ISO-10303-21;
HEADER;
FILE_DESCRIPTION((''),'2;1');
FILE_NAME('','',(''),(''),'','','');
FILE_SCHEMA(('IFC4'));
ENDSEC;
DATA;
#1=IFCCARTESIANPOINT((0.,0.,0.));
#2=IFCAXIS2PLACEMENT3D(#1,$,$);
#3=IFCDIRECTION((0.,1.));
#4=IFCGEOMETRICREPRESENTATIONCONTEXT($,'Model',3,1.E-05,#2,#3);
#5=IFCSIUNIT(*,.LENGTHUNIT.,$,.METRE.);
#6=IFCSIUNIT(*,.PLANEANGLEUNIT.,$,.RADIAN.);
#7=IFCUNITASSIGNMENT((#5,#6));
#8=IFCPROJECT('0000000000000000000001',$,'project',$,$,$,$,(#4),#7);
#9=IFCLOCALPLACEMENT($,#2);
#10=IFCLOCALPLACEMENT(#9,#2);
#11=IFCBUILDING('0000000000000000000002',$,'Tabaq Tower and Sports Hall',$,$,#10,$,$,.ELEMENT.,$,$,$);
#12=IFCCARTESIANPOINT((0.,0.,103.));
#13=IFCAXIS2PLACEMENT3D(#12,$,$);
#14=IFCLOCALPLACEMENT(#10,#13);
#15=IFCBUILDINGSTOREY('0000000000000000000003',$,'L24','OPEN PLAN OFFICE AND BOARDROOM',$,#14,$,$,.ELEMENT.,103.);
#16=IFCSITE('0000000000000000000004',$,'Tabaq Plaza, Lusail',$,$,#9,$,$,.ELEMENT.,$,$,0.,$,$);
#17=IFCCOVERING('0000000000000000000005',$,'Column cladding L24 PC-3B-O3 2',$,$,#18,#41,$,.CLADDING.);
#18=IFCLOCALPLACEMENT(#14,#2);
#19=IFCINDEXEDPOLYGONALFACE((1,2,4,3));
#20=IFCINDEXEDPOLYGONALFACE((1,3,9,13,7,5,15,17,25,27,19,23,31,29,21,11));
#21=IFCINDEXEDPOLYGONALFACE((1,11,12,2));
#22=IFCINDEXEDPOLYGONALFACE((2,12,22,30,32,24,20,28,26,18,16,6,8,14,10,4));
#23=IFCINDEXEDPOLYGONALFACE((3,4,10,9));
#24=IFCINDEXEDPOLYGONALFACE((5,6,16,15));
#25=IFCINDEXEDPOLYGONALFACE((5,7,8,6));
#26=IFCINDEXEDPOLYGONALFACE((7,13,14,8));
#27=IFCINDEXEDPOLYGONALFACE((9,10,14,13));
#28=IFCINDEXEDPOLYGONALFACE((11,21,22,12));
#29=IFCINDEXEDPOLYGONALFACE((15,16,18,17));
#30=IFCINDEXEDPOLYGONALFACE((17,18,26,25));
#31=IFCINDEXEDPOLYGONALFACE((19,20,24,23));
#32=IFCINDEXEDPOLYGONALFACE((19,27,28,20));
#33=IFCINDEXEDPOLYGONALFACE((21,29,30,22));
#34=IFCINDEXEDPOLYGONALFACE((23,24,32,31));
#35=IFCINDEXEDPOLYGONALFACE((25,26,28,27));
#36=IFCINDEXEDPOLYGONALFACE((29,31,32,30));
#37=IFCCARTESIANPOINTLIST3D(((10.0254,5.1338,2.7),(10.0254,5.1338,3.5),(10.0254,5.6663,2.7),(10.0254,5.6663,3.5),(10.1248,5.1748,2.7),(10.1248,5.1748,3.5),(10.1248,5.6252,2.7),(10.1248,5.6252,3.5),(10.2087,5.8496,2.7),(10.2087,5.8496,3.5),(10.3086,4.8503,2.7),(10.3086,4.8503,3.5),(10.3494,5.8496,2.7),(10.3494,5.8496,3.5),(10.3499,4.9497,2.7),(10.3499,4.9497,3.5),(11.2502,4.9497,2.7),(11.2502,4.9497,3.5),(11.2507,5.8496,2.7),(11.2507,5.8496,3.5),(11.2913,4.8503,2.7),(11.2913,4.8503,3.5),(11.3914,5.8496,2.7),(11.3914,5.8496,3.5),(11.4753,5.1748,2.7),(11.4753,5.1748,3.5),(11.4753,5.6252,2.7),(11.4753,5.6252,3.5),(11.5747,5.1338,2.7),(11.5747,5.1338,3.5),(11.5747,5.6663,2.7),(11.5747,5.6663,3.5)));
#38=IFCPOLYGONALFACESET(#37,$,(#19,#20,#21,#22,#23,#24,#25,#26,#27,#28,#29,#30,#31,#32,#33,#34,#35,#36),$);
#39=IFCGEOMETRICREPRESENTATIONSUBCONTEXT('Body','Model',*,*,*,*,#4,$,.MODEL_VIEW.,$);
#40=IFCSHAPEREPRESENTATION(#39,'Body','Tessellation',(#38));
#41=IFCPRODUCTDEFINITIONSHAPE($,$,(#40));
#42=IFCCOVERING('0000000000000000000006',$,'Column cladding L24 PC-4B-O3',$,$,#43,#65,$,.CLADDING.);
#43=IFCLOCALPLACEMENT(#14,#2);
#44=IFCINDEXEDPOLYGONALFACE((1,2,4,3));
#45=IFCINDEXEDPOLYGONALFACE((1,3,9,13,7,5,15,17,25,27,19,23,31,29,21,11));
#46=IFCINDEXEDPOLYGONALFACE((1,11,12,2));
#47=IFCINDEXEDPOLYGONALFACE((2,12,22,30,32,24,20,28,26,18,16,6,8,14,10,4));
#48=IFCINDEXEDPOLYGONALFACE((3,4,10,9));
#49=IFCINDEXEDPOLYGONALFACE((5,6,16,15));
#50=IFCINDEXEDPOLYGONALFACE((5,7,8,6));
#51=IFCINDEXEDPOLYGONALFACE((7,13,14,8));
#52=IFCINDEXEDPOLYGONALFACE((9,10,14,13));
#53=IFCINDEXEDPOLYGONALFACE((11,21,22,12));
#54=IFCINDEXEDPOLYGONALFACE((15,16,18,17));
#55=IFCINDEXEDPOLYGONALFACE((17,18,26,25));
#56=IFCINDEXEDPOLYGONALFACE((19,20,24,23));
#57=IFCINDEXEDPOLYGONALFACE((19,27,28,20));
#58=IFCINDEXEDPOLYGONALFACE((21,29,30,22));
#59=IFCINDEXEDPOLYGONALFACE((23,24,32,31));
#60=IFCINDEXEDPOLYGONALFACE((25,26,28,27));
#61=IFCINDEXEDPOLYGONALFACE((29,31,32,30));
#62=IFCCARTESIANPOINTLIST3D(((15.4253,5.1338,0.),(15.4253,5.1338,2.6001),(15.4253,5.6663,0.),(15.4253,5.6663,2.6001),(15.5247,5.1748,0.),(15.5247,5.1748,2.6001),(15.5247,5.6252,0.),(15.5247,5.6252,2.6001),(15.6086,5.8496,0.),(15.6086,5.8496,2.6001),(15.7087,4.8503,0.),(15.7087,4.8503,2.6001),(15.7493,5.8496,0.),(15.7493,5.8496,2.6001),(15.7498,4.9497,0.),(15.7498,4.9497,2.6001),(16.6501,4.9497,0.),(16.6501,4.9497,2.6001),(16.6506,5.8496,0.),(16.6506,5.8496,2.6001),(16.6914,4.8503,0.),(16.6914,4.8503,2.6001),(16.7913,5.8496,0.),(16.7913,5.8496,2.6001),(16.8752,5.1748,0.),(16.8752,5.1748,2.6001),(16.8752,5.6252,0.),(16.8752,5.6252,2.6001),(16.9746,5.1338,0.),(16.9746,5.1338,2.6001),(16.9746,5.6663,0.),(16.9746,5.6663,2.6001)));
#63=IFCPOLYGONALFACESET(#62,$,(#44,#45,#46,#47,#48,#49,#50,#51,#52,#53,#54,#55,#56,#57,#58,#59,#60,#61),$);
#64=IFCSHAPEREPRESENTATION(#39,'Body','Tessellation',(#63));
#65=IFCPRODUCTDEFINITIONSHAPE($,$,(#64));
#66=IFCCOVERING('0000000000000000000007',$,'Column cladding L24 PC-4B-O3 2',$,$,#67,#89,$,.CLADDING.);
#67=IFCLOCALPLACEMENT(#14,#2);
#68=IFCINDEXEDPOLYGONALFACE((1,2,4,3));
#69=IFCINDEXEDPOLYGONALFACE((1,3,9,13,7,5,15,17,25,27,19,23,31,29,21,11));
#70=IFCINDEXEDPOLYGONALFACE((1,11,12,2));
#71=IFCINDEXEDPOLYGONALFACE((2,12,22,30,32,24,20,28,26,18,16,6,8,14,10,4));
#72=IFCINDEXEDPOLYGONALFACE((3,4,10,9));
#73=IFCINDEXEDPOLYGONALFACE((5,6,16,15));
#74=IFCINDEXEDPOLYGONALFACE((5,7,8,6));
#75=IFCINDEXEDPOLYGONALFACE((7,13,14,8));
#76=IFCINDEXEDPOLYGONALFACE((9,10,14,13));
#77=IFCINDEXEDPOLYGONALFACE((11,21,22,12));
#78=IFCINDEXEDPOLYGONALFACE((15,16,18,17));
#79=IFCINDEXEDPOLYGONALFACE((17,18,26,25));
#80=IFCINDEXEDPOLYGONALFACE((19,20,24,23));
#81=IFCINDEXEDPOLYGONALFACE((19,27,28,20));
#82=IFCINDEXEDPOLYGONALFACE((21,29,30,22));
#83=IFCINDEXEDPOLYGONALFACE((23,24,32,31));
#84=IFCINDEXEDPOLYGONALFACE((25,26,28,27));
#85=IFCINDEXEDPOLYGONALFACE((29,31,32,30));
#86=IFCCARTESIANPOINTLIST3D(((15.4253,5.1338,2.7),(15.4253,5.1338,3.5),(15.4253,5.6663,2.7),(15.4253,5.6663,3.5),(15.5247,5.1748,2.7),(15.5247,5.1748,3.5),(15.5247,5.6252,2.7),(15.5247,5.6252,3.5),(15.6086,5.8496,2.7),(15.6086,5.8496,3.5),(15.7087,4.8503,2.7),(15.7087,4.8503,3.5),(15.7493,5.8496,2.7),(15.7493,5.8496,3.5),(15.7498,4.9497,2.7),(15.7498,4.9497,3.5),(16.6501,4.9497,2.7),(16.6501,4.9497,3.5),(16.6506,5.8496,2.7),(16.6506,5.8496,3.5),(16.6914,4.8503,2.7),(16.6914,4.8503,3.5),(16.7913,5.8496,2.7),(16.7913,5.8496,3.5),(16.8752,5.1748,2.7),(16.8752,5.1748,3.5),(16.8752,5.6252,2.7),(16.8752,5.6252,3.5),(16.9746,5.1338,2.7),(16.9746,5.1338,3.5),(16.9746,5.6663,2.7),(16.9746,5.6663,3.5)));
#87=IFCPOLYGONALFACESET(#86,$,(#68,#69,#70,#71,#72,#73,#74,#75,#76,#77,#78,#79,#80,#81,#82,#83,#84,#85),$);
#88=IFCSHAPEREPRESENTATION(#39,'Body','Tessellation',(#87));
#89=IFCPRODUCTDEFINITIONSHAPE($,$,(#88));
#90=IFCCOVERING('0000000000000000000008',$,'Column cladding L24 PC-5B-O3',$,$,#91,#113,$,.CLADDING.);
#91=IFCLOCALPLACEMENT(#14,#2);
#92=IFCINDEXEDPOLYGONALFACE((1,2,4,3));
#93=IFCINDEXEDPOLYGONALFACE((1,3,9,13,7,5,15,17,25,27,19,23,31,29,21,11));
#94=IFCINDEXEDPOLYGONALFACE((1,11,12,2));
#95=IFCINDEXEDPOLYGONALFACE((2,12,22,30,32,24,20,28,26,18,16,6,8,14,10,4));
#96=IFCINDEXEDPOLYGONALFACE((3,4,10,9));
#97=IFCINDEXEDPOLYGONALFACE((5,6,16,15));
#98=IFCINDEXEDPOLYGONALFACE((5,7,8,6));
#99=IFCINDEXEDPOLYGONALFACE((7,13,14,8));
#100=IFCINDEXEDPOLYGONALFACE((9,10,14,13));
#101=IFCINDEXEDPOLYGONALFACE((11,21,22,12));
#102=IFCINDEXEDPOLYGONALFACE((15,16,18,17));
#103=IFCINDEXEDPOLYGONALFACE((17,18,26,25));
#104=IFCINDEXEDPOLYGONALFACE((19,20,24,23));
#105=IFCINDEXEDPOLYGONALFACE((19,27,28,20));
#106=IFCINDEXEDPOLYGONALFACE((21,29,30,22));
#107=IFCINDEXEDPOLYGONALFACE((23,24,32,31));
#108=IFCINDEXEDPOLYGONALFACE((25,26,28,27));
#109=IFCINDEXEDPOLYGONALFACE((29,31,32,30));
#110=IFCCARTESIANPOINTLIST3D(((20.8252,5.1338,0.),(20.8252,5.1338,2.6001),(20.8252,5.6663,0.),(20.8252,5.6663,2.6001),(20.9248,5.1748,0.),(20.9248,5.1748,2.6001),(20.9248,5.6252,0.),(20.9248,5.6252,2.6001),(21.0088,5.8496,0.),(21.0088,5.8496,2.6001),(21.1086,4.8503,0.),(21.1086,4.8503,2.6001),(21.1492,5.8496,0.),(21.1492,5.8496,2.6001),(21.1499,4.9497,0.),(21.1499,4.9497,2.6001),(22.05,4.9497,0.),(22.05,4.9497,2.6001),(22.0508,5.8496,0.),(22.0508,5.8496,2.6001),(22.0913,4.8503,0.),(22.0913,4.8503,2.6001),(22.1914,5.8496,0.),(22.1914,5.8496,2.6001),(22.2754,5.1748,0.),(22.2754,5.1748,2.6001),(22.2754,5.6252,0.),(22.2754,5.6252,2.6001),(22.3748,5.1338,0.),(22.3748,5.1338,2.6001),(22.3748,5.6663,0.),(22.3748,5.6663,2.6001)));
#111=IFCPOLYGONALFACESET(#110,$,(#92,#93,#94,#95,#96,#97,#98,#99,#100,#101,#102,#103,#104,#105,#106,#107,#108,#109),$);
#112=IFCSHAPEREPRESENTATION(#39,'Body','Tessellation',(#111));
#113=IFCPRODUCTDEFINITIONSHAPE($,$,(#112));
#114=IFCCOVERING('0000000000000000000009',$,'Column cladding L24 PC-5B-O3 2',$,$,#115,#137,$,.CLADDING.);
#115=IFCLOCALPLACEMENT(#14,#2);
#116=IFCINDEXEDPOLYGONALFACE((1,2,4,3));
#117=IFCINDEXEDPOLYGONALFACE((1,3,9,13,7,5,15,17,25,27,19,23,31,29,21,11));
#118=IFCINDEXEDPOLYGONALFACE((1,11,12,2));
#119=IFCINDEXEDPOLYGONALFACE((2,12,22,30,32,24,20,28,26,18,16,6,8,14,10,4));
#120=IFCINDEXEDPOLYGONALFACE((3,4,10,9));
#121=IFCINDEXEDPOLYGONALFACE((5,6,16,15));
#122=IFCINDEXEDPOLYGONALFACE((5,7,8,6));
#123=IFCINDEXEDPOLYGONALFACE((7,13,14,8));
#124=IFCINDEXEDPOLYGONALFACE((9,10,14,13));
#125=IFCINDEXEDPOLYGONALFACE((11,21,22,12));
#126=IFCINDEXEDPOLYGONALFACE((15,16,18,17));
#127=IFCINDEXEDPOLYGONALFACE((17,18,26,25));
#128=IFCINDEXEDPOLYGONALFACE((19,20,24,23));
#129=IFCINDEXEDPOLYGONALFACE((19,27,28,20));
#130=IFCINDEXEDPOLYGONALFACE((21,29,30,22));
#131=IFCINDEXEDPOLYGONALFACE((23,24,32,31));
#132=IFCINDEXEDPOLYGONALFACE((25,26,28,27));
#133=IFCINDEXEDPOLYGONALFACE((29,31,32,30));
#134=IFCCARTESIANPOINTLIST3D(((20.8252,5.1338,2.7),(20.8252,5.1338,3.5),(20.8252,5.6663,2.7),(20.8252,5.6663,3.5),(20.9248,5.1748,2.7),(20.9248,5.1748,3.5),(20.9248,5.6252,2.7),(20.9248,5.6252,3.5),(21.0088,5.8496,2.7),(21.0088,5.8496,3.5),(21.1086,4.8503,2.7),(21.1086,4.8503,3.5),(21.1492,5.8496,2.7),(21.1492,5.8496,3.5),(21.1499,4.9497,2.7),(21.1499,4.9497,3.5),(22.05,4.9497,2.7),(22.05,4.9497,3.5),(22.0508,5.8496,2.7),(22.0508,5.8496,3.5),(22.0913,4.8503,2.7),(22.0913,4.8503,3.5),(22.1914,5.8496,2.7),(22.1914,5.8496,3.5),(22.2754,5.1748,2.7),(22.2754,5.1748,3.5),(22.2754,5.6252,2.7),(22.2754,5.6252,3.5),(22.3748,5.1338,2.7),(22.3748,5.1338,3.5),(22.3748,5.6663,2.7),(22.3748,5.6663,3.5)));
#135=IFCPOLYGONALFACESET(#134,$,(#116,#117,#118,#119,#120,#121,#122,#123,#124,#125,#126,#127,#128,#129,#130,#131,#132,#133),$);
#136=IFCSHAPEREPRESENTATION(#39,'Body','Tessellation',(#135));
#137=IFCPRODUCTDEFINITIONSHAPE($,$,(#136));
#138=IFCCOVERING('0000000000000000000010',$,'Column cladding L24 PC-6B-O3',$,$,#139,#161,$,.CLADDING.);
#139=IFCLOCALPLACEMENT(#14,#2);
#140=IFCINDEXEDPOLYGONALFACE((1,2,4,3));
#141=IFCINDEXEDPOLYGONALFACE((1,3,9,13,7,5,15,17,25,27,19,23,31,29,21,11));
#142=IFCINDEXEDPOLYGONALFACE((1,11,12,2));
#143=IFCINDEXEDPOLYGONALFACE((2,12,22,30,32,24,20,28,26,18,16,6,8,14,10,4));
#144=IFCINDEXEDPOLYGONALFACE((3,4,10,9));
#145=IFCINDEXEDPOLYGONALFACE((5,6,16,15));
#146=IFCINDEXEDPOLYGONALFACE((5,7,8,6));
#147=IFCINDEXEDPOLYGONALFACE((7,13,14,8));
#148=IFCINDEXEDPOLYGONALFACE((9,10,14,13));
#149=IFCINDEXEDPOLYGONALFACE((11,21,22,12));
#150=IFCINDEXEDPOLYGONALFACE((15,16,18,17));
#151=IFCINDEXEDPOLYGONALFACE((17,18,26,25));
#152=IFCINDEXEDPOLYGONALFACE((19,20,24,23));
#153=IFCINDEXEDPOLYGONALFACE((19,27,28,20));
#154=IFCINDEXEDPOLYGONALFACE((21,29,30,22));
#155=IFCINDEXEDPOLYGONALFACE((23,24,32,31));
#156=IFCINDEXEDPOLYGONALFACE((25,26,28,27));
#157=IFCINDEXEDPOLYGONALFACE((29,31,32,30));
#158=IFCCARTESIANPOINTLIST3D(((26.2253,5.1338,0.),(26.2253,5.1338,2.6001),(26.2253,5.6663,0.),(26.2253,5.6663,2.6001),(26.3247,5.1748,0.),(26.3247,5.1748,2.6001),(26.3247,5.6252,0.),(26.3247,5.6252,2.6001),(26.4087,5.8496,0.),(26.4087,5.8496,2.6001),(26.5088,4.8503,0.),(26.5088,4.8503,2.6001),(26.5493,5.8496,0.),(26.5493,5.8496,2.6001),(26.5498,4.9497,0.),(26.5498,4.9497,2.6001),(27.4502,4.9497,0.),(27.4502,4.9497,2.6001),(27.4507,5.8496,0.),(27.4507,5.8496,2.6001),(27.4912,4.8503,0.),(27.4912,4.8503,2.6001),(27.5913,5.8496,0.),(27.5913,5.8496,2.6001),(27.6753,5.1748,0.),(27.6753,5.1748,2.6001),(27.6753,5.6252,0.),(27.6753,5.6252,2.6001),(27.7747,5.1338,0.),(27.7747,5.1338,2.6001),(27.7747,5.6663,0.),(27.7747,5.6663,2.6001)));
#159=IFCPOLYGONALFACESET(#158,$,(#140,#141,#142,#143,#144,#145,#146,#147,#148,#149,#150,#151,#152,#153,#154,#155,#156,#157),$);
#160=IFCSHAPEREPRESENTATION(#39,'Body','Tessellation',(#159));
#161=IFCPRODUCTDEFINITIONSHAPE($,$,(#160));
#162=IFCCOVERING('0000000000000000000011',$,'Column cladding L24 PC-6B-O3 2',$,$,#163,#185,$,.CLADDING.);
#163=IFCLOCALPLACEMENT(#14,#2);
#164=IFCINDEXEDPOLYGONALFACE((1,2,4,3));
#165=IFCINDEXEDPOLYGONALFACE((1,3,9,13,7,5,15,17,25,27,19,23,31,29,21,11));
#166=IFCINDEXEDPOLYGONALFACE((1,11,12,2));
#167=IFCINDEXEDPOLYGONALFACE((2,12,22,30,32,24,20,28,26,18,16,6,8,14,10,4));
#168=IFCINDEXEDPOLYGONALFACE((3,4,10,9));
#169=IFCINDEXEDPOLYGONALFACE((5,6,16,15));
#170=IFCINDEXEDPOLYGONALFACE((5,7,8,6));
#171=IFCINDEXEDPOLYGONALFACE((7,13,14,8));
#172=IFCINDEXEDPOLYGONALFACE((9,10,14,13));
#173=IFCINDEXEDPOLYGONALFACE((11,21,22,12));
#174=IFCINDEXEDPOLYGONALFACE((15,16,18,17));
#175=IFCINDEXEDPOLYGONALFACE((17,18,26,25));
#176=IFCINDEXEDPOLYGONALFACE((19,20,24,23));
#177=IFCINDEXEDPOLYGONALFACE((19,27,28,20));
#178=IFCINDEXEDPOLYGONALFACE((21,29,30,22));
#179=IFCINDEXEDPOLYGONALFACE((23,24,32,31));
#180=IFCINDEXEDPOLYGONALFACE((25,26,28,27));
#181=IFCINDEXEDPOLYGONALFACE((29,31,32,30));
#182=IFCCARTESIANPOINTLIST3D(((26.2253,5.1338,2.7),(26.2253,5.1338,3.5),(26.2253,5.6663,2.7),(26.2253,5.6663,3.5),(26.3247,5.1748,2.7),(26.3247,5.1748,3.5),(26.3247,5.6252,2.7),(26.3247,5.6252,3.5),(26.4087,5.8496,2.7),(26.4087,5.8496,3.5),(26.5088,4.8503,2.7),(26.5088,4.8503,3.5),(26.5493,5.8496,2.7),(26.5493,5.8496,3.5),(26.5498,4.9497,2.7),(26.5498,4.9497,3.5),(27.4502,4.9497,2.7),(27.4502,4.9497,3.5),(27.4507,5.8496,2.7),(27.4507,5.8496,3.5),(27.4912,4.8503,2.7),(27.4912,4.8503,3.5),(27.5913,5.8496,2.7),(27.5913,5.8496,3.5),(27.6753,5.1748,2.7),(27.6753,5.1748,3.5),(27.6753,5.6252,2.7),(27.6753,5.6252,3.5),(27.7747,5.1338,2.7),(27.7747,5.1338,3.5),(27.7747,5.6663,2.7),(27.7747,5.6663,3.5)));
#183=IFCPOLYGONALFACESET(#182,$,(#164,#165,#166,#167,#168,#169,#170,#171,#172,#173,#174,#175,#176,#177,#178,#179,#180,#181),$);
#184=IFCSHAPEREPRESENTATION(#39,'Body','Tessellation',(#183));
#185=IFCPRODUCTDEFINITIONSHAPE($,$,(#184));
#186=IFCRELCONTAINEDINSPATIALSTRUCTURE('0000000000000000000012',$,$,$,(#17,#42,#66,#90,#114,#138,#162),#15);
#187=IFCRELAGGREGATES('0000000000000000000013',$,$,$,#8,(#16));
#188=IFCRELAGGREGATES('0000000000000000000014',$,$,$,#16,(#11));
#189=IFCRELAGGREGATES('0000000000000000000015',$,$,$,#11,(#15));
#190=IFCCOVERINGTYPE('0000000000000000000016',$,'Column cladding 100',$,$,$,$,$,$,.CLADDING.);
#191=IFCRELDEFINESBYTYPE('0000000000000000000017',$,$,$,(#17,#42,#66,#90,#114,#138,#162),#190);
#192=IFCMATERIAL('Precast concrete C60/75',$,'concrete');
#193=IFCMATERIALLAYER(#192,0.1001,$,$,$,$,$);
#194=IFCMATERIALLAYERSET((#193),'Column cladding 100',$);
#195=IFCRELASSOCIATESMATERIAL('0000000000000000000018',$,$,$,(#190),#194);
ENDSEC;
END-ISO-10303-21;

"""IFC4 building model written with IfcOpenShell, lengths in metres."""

from ifc_helpers import new_model, si_unit, direction, frame, origin, place, context, subcontext, project, spatial, polyline, outline, extrude, material, layer, layer_set, type_object, element, save


model = new_model("IFC4")

# Units and contexts
model_context = context("Model", 3, precision=1e-05, world=origin(), true_north=direction((0.0, 1.0)))
body_context = subcontext(model_context, "Body", "Model", "MODEL_VIEW")
ifc_project = project(units=[si_unit("LENGTHUNIT", "METRE"), si_unit("PLANEANGLEUNIT", "RADIAN")], contexts=[model_context])

# Site, building, storey
site_placement = place(None, origin())
site = spatial("IfcSite", under=ifc_project, at=site_placement, Name="Tabaq Plaza, Lusail", CompositionType="ELEMENT", RefElevation=0.0)
building_placement = place(site_placement, origin())
building = spatial("IfcBuilding", under=site, at=building_placement, Name="Tabaq Tower and Sports Hall", CompositionType="ELEMENT")
storey_placement = place(building_placement, frame((0.0, 0.0, 103.0)))
storey = spatial("IfcBuildingStorey", under=building, at=storey_placement, Name="L24", Description="OPEN PLAN OFFICE AND BOARDROOM", CompositionType="ELEMENT", Elevation=103.0)

# Coverings
ifc_material_1 = material(Name="Precast concrete C60/75", Category="concrete")
ifc_layer_1 = layer(ifc_material_1, 0.1001)
ifc_layer_set_1 = layer_set([ifc_layer_1], Name="Column cladding 100")
covering_type = type_object("IfcCoveringType", Name="Column cladding 100", PredefinedType="CLADDING", material=ifc_layer_set_1)
covering_1_placement = place(storey_placement, frame((0.0, 0.0, 2.7)))
element("IfcCovering", 1, at=covering_1_placement, inside=storey, type_object=covering_type, Name="Column cladding L24 PC-3B-O3 2", PredefinedType="CLADDING", context=body_context, shape_type="SweptSolid", body=[
    extrude(outline(polyline([(10.0254, 5.6663), (10.2087, 5.8496), (10.3494, 5.8496), (10.1248, 5.6252), (10.1248, 5.1748), (10.3499, 4.9497), (11.2502, 4.9497), (11.4753, 5.1748), (11.4753, 5.6252), (11.2507, 5.8496), (11.3914, 5.8496), (11.5747, 5.6663), (11.5747, 5.1338), (11.2913, 4.8503), (10.3086, 4.8503), (10.0254, 5.1338), (10.0254, 5.6663)])), origin(), (0.0, 0.0, 1.0), 0.8),
])
covering_2_placement = place(storey_placement, origin())
element("IfcCovering", 2, at=covering_2_placement, inside=storey, type_object=covering_type, Name="Column cladding L24 PC-4B-O3", PredefinedType="CLADDING", context=body_context, shape_type="SweptSolid", body=[
    extrude(outline(polyline([(15.4253, 5.6663), (15.6086, 5.8496), (15.7493, 5.8496), (15.5247, 5.6252), (15.5247, 5.1748), (15.7498, 4.9497), (16.6501, 4.9497), (16.8752, 5.1748), (16.8752, 5.6252), (16.6506, 5.8496), (16.7913, 5.8496), (16.9746, 5.6663), (16.9746, 5.1338), (16.6914, 4.8503), (15.7087, 4.8503), (15.4253, 5.1338), (15.4253, 5.6663)])), origin(), (0.0, 0.0, 1.0), 2.6001),
])
covering_3_placement = place(storey_placement, frame((0.0, 0.0, 2.7)))
element("IfcCovering", 3, at=covering_3_placement, inside=storey, type_object=covering_type, Name="Column cladding L24 PC-4B-O3 2", PredefinedType="CLADDING", context=body_context, shape_type="SweptSolid", body=[
    extrude(outline(polyline([(15.4253, 5.6663), (15.6086, 5.8496), (15.7493, 5.8496), (15.5247, 5.6252), (15.5247, 5.1748), (15.7498, 4.9497), (16.6501, 4.9497), (16.8752, 5.1748), (16.8752, 5.6252), (16.6506, 5.8496), (16.7913, 5.8496), (16.9746, 5.6663), (16.9746, 5.1338), (16.6914, 4.8503), (15.7087, 4.8503), (15.4253, 5.1338), (15.4253, 5.6663)])), origin(), (0.0, 0.0, 1.0), 0.8),
])
covering_4_placement = place(storey_placement, origin())
element("IfcCovering", 4, at=covering_4_placement, inside=storey, type_object=covering_type, Name="Column cladding L24 PC-5B-O3", PredefinedType="CLADDING", context=body_context, shape_type="SweptSolid", body=[
    extrude(outline(polyline([(20.8252, 5.6663), (21.0088, 5.8496), (21.1492, 5.8496), (20.9248, 5.6252), (20.9248, 5.1748), (21.1499, 4.9497), (22.05, 4.9497), (22.2754, 5.1748), (22.2754, 5.6252), (22.0508, 5.8496), (22.1914, 5.8496), (22.3748, 5.6663), (22.3748, 5.1338), (22.0913, 4.8503), (21.1086, 4.8503), (20.8252, 5.1338), (20.8252, 5.6663)])), origin(), (0.0, 0.0, 1.0), 2.6001),
])
covering_5_placement = place(storey_placement, frame((0.0, 0.0, 2.7)))
element("IfcCovering", 5, at=covering_5_placement, inside=storey, type_object=covering_type, Name="Column cladding L24 PC-5B-O3 2", PredefinedType="CLADDING", context=body_context, shape_type="SweptSolid", body=[
    extrude(outline(polyline([(20.8252, 5.6663), (21.0088, 5.8496), (21.1492, 5.8496), (20.9248, 5.6252), (20.9248, 5.1748), (21.1499, 4.9497), (22.05, 4.9497), (22.2754, 5.1748), (22.2754, 5.6252), (22.0508, 5.8496), (22.1914, 5.8496), (22.3748, 5.6663), (22.3748, 5.1338), (22.0913, 4.8503), (21.1086, 4.8503), (20.8252, 5.1338), (20.8252, 5.6663)])), origin(), (0.0, 0.0, 1.0), 0.8),
])
covering_6_placement = place(storey_placement, origin())
element("IfcCovering", 6, at=covering_6_placement, inside=storey, type_object=covering_type, Name="Column cladding L24 PC-6B-O3", PredefinedType="CLADDING", context=body_context, shape_type="SweptSolid", body=[
    extrude(outline(polyline([(26.2253, 5.6663), (26.4087, 5.8496), (26.5493, 5.8496), (26.3247, 5.6252), (26.3247, 5.1748), (26.5498, 4.9497), (27.4502, 4.9497), (27.6753, 5.1748), (27.6753, 5.6252), (27.4507, 5.8496), (27.5913, 5.8496), (27.7747, 5.6663), (27.7747, 5.1338), (27.4912, 4.8503), (26.5088, 4.8503), (26.2253, 5.1338), (26.2253, 5.6663)])), origin(), (0.0, 0.0, 1.0), 2.6001),
])
covering_7_placement = place(storey_placement, frame((0.0, 0.0, 2.7)))
element("IfcCovering", 7, at=covering_7_placement, inside=storey, type_object=covering_type, Name="Column cladding L24 PC-6B-O3 2", PredefinedType="CLADDING", context=body_context, shape_type="SweptSolid", body=[
    extrude(outline(polyline([(26.2253, 5.6663), (26.4087, 5.8496), (26.5493, 5.8496), (26.3247, 5.6252), (26.3247, 5.1748), (26.5498, 4.9497), (27.4502, 4.9497), (27.6753, 5.1748), (27.6753, 5.6252), (27.4507, 5.8496), (27.5913, 5.8496), (27.7747, 5.6663), (27.7747, 5.1338), (27.4912, 4.8503), (26.5088, 4.8503), (26.2253, 5.1338), (26.2253, 5.6663)])), origin(), (0.0, 0.0, 1.0), 0.8),
])

save(model, "model.ifc")
